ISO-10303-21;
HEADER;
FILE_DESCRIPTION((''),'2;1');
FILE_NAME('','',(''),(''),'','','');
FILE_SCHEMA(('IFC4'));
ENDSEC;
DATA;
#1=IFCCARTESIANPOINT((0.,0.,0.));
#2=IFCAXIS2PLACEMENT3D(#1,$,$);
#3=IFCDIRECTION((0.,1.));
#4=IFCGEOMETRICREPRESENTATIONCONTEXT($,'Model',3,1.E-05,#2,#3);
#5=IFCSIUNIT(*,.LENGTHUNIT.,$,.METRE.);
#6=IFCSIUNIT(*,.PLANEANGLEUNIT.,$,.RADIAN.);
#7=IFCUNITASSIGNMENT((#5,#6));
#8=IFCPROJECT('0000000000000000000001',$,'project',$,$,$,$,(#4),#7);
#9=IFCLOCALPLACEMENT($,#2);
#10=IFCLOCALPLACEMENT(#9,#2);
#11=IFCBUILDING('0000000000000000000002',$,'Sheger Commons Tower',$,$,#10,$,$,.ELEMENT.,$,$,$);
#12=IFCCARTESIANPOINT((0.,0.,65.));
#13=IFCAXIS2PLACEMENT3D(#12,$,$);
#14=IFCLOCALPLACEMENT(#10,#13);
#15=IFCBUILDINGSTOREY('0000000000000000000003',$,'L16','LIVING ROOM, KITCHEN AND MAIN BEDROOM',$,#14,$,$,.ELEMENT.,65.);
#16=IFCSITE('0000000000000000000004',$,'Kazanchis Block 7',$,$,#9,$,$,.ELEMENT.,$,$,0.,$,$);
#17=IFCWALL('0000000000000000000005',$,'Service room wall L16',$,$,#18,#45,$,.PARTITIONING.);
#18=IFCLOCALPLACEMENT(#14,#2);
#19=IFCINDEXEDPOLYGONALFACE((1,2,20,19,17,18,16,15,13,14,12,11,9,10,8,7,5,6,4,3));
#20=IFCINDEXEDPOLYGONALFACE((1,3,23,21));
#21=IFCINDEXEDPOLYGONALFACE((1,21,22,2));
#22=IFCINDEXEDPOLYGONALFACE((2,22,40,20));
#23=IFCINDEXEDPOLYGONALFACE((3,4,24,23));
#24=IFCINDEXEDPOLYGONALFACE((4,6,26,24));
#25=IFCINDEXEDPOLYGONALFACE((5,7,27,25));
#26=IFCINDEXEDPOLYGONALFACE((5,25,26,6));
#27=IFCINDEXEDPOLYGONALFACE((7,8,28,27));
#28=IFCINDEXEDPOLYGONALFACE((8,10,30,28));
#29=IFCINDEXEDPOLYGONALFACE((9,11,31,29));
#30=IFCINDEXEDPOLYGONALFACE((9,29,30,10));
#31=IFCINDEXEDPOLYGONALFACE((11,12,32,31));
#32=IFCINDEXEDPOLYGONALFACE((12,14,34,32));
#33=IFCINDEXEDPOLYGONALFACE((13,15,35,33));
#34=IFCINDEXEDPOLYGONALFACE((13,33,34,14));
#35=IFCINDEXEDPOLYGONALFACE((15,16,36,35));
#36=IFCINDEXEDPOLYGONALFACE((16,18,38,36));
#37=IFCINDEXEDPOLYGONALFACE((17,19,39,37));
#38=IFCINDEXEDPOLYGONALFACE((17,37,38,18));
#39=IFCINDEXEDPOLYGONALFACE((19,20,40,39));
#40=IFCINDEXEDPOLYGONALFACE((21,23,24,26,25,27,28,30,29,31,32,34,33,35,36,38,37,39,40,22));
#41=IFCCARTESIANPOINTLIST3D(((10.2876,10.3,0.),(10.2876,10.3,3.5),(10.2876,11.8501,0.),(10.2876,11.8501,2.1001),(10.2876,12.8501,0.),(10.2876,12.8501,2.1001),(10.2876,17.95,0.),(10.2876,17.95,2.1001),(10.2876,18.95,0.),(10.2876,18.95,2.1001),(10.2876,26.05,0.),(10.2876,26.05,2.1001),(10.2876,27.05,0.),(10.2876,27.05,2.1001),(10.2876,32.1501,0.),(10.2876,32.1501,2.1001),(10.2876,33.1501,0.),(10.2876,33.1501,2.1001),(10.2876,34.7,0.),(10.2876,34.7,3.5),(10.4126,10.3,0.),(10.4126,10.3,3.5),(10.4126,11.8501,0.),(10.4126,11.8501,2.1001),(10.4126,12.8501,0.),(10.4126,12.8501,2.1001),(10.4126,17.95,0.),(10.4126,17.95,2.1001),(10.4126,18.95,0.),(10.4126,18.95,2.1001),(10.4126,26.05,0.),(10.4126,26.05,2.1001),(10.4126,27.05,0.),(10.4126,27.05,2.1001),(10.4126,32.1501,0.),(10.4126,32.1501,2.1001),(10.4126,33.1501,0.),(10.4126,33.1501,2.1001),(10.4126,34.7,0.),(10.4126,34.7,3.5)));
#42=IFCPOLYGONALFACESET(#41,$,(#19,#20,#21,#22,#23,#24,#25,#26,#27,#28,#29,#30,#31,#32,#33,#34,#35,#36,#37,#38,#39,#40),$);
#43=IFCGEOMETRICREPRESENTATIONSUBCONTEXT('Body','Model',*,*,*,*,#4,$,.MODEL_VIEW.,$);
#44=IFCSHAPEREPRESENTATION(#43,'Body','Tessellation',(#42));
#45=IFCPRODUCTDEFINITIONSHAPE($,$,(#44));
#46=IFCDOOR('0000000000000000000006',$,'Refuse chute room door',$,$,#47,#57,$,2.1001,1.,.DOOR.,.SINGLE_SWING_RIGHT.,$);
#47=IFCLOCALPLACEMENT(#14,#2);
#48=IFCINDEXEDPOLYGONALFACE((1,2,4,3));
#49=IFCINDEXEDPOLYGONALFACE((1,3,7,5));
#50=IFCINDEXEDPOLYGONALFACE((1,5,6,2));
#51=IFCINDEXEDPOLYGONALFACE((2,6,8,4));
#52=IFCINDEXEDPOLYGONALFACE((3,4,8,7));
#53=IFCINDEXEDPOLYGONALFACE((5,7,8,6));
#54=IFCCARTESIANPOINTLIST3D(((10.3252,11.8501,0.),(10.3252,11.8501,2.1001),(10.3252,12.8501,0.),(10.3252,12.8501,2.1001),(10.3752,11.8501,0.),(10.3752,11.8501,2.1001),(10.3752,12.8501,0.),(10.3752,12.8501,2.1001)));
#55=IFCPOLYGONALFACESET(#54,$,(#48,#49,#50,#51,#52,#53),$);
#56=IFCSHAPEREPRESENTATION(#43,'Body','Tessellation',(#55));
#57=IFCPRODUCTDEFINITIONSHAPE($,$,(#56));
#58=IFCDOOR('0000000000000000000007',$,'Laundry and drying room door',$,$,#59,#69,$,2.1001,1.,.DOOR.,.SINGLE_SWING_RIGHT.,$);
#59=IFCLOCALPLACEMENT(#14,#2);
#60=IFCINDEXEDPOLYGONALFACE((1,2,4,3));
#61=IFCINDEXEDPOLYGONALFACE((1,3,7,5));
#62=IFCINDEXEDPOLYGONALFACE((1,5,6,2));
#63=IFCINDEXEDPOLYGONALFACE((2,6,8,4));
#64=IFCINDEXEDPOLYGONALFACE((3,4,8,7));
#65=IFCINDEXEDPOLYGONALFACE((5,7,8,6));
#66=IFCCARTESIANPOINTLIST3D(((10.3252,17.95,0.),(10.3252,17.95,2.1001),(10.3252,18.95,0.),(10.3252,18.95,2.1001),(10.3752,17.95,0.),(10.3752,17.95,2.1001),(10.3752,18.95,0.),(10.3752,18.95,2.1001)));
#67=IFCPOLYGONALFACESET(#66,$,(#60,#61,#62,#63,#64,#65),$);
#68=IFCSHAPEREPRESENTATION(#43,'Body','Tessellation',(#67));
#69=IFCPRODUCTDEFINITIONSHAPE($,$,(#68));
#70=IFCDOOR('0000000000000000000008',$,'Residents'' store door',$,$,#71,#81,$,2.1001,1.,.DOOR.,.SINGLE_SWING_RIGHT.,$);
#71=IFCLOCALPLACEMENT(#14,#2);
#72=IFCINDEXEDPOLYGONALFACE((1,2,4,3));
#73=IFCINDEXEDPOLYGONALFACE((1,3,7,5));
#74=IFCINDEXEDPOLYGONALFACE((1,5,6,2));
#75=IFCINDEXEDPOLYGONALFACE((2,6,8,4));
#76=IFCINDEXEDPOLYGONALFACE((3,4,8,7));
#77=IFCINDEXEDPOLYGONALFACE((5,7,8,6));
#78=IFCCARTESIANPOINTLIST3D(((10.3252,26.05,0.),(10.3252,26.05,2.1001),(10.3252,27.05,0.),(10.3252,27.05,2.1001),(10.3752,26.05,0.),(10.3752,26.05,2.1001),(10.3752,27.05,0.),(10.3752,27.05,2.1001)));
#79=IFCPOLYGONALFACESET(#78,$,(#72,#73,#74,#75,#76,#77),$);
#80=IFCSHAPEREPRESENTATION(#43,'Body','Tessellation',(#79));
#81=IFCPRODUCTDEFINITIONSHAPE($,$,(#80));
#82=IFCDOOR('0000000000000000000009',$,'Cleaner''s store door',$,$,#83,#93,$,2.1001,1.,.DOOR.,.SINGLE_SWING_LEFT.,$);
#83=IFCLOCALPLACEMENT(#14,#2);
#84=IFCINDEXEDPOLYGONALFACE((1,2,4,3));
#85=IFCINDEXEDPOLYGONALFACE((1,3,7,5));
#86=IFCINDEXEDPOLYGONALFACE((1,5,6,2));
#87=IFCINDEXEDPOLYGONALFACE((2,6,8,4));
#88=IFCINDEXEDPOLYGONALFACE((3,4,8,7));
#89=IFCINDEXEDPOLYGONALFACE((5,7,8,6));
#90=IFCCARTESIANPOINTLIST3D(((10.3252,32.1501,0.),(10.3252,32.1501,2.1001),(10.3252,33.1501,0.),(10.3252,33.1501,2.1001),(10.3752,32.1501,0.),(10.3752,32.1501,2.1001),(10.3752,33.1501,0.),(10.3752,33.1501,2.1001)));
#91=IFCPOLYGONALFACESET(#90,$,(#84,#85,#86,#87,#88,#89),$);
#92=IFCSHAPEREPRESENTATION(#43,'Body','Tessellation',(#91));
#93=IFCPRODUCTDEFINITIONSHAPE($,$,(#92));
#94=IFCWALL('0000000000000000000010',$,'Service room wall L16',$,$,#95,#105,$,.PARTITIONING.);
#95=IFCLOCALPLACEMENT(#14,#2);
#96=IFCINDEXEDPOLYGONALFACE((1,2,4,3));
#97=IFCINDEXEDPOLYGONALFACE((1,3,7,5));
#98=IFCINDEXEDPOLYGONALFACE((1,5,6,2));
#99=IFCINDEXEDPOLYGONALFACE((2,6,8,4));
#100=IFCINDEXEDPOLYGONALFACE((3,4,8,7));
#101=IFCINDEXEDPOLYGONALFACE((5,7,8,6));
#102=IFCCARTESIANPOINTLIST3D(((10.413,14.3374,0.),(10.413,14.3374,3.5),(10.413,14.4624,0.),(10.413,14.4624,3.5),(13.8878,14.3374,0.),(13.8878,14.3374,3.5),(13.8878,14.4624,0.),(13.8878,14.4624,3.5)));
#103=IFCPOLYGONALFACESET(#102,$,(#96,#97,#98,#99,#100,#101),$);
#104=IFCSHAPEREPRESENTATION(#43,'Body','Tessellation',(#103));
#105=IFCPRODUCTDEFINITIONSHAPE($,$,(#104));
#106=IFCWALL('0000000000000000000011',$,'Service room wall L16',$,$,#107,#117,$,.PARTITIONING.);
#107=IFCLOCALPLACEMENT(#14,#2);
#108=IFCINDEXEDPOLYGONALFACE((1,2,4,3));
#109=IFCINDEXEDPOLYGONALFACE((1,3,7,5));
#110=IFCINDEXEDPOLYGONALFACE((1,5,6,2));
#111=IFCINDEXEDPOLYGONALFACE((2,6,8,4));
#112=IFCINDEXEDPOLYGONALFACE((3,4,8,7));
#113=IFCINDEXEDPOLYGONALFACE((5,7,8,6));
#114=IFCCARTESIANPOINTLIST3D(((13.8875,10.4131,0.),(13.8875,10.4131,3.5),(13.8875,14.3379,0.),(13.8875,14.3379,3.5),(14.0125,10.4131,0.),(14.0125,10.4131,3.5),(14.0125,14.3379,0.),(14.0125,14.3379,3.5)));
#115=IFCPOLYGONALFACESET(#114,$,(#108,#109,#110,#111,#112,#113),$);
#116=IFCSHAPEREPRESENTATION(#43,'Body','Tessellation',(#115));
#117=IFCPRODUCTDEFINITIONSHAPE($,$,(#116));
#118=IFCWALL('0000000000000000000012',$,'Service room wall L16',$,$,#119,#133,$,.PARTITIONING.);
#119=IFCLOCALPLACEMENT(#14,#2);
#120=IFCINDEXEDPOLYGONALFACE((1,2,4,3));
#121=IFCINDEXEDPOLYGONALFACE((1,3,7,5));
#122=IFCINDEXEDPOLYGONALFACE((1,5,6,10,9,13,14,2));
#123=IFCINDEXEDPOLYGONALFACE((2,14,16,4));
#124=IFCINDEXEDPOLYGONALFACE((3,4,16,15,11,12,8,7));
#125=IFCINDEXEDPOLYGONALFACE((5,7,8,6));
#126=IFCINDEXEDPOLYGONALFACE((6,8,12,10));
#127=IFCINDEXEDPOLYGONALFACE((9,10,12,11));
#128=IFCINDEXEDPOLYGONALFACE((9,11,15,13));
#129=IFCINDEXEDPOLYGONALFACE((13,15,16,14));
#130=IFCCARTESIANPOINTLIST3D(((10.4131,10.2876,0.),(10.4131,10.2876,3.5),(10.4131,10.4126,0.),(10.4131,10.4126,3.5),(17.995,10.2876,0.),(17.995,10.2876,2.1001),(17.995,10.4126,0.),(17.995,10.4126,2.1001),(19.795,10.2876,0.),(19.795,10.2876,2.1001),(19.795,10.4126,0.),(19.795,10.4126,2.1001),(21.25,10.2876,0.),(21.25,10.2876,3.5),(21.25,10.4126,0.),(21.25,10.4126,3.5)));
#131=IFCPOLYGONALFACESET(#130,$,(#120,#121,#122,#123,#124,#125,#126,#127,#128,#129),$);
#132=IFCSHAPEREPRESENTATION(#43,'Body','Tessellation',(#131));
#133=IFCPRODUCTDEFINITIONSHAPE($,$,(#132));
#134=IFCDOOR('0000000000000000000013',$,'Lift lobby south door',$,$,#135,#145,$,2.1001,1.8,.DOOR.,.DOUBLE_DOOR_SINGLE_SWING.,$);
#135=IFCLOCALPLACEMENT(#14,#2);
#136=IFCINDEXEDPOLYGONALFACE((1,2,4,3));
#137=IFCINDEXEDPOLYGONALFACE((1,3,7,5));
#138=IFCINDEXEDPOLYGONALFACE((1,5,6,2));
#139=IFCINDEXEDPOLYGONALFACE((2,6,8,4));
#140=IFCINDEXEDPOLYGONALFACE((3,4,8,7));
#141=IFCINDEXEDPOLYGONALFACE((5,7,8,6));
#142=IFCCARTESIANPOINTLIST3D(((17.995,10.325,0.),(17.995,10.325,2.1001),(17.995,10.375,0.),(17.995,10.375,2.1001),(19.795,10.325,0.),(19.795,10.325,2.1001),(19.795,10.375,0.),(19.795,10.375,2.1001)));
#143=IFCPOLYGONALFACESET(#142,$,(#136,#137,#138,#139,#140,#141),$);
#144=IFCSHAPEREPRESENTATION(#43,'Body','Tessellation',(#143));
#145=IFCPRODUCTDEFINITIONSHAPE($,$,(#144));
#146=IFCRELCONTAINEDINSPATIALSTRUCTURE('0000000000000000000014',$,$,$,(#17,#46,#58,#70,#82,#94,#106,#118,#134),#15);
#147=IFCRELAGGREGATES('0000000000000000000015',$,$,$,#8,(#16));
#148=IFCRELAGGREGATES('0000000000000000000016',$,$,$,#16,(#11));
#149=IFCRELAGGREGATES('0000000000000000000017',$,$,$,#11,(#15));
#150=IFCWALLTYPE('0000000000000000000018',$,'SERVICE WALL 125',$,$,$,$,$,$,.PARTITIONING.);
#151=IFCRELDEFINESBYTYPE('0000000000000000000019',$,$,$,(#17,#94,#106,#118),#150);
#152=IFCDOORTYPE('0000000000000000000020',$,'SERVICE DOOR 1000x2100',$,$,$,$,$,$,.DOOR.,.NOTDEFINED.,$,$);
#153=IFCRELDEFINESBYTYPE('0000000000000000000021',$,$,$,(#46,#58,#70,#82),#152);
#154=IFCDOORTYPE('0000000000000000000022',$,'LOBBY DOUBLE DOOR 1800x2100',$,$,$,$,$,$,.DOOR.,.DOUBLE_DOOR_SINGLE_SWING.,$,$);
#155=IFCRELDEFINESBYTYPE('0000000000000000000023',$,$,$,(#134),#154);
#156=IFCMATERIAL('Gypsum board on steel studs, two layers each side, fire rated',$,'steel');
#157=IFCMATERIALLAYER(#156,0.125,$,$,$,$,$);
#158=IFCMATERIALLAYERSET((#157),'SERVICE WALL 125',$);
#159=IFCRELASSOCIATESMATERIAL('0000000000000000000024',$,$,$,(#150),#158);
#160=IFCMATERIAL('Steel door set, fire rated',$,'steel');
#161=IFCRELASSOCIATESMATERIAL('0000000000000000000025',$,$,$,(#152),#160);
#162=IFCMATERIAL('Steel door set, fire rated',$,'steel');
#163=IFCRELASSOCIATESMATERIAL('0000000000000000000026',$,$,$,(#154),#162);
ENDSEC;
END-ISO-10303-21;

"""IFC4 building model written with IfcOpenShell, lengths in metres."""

from ifc_helpers import new_model, si_unit, direction, frame, frame_2d, origin, place, context, subcontext, project, spatial, rectangle, extrude, material, layer, layer_set, type_object, element, fill, save


model = new_model("IFC4")

# Units and contexts
model_context = context("Model", 3, precision=1e-05, world=origin(), true_north=direction((0.0, 1.0)))
body_context = subcontext(model_context, "Body", "Model", "MODEL_VIEW")
ifc_project = project(units=[si_unit("LENGTHUNIT", "METRE"), si_unit("PLANEANGLEUNIT", "RADIAN")], contexts=[model_context])

# Site, building, storey
site_placement = place(None, origin())
site = spatial("IfcSite", under=ifc_project, at=site_placement, Name="Kazanchis Block 7", CompositionType="ELEMENT", RefElevation=0.0)
building_placement = place(site_placement, origin())
building = spatial("IfcBuilding", under=site, at=building_placement, Name="Sheger Commons Tower", CompositionType="ELEMENT")
storey_placement = place(building_placement, frame((0.0, 0.0, 65.0)))
storey = spatial("IfcBuildingStorey", under=building, at=storey_placement, Name="L16", Description="LIVING ROOM, KITCHEN AND MAIN BEDROOM", CompositionType="ELEMENT", Elevation=65.0)

# Wall, openings, doors
ifc_material_1 = material(Name="Gypsum board on steel studs, two layers each side, fire rated", Category="steel")
ifc_layer_1 = layer(ifc_material_1, 0.125)
ifc_layer_set_1 = layer_set([ifc_layer_1], Name="SERVICE WALL 125")
wall_type_1 = type_object("IfcWallType", Name="SERVICE WALL 125", PredefinedType="PARTITIONING", material=ifc_layer_set_1)
wall_1_placement = place(storey_placement, frame((10.3501, 10.3, 0.0), z_axis=(0.0, 0.0, 1.0), x_axis=(0.0, 1.0, 0.0)))
wall_1 = element("IfcWall", 1, at=wall_1_placement, inside=storey, type_object=wall_type_1, Name="Service room wall L16", PredefinedType="PARTITIONING", context=body_context, shape_type="SweptSolid", body=[
    extrude(rectangle(XDim=24.3999, YDim=0.125, at=frame_2d((12.2, 0.0))), origin(), (0.0, 0.0, 1.0), 3.5),
])
opening_1_placement = place(wall_1_placement, frame((1.55, 0.0, 0.0)))
opening_1 = element("IfcOpeningElement", 2, at=opening_1_placement, cuts=wall_1, PredefinedType="OPENING", context=body_context, shape_type="SweptSolid", body=[
    extrude(rectangle(XDim=1.0, YDim=2.1001, at=frame_2d((0.5, 1.05))), frame((0.0, 0.0725, 0.0), z_axis=(0.0, -1.0, 0.0), x_axis=(1.0, 0.0, 0.0)), (0.0, 0.0, 1.0), 0.145),
])
opening_2_placement = place(wall_1_placement, frame((7.6499, 0.0, 0.0)))
opening_2 = element("IfcOpeningElement", 3, at=opening_2_placement, cuts=wall_1, PredefinedType="OPENING", context=body_context, shape_type="SweptSolid", body=[
    extrude(rectangle(XDim=1.0, YDim=2.1001, at=frame_2d((0.5, 1.05))), frame((0.0, 0.0725, 0.0), z_axis=(0.0, -1.0, 0.0), x_axis=(1.0, 0.0, 0.0)), (0.0, 0.0, 1.0), 0.145),
])
opening_3_placement = place(wall_1_placement, frame((15.75, 0.0, 0.0)))
opening_3 = element("IfcOpeningElement", 4, at=opening_3_placement, cuts=wall_1, PredefinedType="OPENING", context=body_context, shape_type="SweptSolid", body=[
    extrude(rectangle(XDim=1.0, YDim=2.1001, at=frame_2d((0.5, 1.05))), frame((0.0, 0.0725, 0.0), z_axis=(0.0, -1.0, 0.0), x_axis=(1.0, 0.0, 0.0)), (0.0, 0.0, 1.0), 0.145),
])
opening_4_placement = place(wall_1_placement, frame((21.8501, 0.0, 0.0)))
opening_4 = element("IfcOpeningElement", 5, at=opening_4_placement, cuts=wall_1, PredefinedType="OPENING", context=body_context, shape_type="SweptSolid", body=[
    extrude(rectangle(XDim=1.0, YDim=2.1001, at=frame_2d((0.5, 1.05))), frame((0.0, 0.0725, 0.0), z_axis=(0.0, -1.0, 0.0), x_axis=(1.0, 0.0, 0.0)), (0.0, 0.0, 1.0), 0.145),
])
ifc_material_2 = material(Name="Steel door set, fire rated", Category="steel")
door_type_1 = type_object("IfcDoorType", Name="SERVICE DOOR 1000x2100", OperationType="NOTDEFINED", PredefinedType="DOOR", material=ifc_material_2)
door_1_placement = place(opening_1_placement, origin())
door_1 = element("IfcDoor", 6, at=door_1_placement, inside=storey, type_object=door_type_1, Name="Refuse chute room door", OperationType="SINGLE_SWING_RIGHT", OverallHeight=2.1001, OverallWidth=1.0, PredefinedType="DOOR", context=body_context, shape_type="SweptSolid", body=[
    extrude(rectangle(XDim=1.0, YDim=2.1001, at=frame_2d((0.5, 1.05))), frame((0.0, 0.0249, 0.0), z_axis=(0.0, -1.0, 0.0), x_axis=(1.0, 0.0, 0.0)), (0.0, 0.0, 1.0), 0.05),
])
fill(opening_1, door_1)
door_2_placement = place(opening_2_placement, origin())
door_2 = element("IfcDoor", 7, at=door_2_placement, inside=storey, type_object=door_type_1, Name="Laundry and drying room door", OperationType="SINGLE_SWING_RIGHT", OverallHeight=2.1001, OverallWidth=1.0, PredefinedType="DOOR", context=body_context, shape_type="SweptSolid", body=[
    extrude(rectangle(XDim=1.0, YDim=2.1001, at=frame_2d((0.5, 1.05))), frame((0.0, 0.0249, 0.0), z_axis=(0.0, -1.0, 0.0), x_axis=(1.0, 0.0, 0.0)), (0.0, 0.0, 1.0), 0.05),
])
fill(opening_2, door_2)
door_3_placement = place(opening_3_placement, origin())
door_3 = element("IfcDoor", 8, at=door_3_placement, inside=storey, type_object=door_type_1, Name="Residents' store door", OperationType="SINGLE_SWING_RIGHT", OverallHeight=2.1001, OverallWidth=1.0, PredefinedType="DOOR", context=body_context, shape_type="SweptSolid", body=[
    extrude(rectangle(XDim=1.0, YDim=2.1001, at=frame_2d((0.5, 1.05))), frame((0.0, 0.0249, 0.0), z_axis=(0.0, -1.0, 0.0), x_axis=(1.0, 0.0, 0.0)), (0.0, 0.0, 1.0), 0.05),
])
fill(opening_3, door_3)
door_4_placement = place(opening_4_placement, origin())
door_4 = element("IfcDoor", 9, at=door_4_placement, inside=storey, type_object=door_type_1, Name="Cleaner's store door", OperationType="SINGLE_SWING_LEFT", OverallHeight=2.1001, OverallWidth=1.0, PredefinedType="DOOR", context=body_context, shape_type="SweptSolid", body=[
    extrude(rectangle(XDim=1.0, YDim=2.1001, at=frame_2d((0.5, 1.05))), frame((0.0, 0.0249, 0.0), z_axis=(0.0, -1.0, 0.0), x_axis=(1.0, 0.0, 0.0)), (0.0, 0.0, 1.0), 0.05),
])
fill(opening_4, door_4)

# Walls
wall_2_placement = place(storey_placement, frame((10.4131, 14.3999, 0.0), z_axis=(0.0, 0.0, 1.0), x_axis=(1.0, 0.0, 0.0)))
element("IfcWall", 10, at=wall_2_placement, inside=storey, type_object=wall_type_1, Name="Service room wall L16", PredefinedType="PARTITIONING", context=body_context, shape_type="SweptSolid", body=[
    extrude(rectangle(XDim=3.4749, YDim=0.125, at=frame_2d((1.7373, 0.0))), origin(), (0.0, 0.0, 1.0), 3.5),
])
wall_3_placement = place(storey_placement, frame((13.95, 10.4131, 0.0), z_axis=(0.0, 0.0, 1.0), x_axis=(0.0, 1.0, 0.0)))
element("IfcWall", 11, at=wall_3_placement, inside=storey, type_object=wall_type_1, Name="Service room wall L16", PredefinedType="PARTITIONING", context=body_context, shape_type="SweptSolid", body=[
    extrude(rectangle(XDim=3.9248, YDim=0.125, at=frame_2d((1.9624, 0.0))), origin(), (0.0, 0.0, 1.0), 3.5),
])

# Wall, opening, door
wall_4_placement = place(storey_placement, frame((10.4131, 10.3501, 0.0), z_axis=(0.0, 0.0, 1.0), x_axis=(1.0, 0.0, 0.0)))
wall_4 = element("IfcWall", 12, at=wall_4_placement, inside=storey, type_object=wall_type_1, Name="Service room wall L16", PredefinedType="PARTITIONING", context=body_context, shape_type="SweptSolid", body=[
    extrude(rectangle(XDim=10.8369, YDim=0.125, at=frame_2d((5.4185, 0.0))), origin(), (0.0, 0.0, 1.0), 3.5),
])
opening_5_placement = place(wall_4_placement, frame((7.582, 0.0, 0.0)))
opening_5 = element("IfcOpeningElement", 13, at=opening_5_placement, cuts=wall_4, PredefinedType="OPENING", context=body_context, shape_type="SweptSolid", body=[
    extrude(rectangle(XDim=1.8, YDim=2.1001, at=frame_2d((0.8999, 1.05))), frame((0.0, 0.0725, 0.0), z_axis=(0.0, -1.0, 0.0), x_axis=(1.0, 0.0, 0.0)), (0.0, 0.0, 1.0), 0.145),
])
ifc_material_3 = material(Name="Steel door set, fire rated", Category="steel")
door_type_2 = type_object("IfcDoorType", Name="LOBBY DOUBLE DOOR 1800x2100", OperationType="DOUBLE_DOOR_SINGLE_SWING", PredefinedType="DOOR", material=ifc_material_3)
door_5_placement = place(opening_5_placement, origin())
door_5 = element("IfcDoor", 14, at=door_5_placement, inside=storey, type_object=door_type_2, Name="Lift lobby south door", OperationType="DOUBLE_DOOR_SINGLE_SWING", OverallHeight=2.1001, OverallWidth=1.8, PredefinedType="DOOR", context=body_context, shape_type="SweptSolid", body=[
    extrude(rectangle(XDim=1.8, YDim=2.1001, at=frame_2d((0.8999, 1.05))), frame((0.0, 0.0249, 0.0), z_axis=(0.0, -1.0, 0.0), x_axis=(1.0, 0.0, 0.0)), (0.0, 0.0, 1.0), 0.05),
])
fill(opening_5, door_5)

save(model, "model.ifc")
